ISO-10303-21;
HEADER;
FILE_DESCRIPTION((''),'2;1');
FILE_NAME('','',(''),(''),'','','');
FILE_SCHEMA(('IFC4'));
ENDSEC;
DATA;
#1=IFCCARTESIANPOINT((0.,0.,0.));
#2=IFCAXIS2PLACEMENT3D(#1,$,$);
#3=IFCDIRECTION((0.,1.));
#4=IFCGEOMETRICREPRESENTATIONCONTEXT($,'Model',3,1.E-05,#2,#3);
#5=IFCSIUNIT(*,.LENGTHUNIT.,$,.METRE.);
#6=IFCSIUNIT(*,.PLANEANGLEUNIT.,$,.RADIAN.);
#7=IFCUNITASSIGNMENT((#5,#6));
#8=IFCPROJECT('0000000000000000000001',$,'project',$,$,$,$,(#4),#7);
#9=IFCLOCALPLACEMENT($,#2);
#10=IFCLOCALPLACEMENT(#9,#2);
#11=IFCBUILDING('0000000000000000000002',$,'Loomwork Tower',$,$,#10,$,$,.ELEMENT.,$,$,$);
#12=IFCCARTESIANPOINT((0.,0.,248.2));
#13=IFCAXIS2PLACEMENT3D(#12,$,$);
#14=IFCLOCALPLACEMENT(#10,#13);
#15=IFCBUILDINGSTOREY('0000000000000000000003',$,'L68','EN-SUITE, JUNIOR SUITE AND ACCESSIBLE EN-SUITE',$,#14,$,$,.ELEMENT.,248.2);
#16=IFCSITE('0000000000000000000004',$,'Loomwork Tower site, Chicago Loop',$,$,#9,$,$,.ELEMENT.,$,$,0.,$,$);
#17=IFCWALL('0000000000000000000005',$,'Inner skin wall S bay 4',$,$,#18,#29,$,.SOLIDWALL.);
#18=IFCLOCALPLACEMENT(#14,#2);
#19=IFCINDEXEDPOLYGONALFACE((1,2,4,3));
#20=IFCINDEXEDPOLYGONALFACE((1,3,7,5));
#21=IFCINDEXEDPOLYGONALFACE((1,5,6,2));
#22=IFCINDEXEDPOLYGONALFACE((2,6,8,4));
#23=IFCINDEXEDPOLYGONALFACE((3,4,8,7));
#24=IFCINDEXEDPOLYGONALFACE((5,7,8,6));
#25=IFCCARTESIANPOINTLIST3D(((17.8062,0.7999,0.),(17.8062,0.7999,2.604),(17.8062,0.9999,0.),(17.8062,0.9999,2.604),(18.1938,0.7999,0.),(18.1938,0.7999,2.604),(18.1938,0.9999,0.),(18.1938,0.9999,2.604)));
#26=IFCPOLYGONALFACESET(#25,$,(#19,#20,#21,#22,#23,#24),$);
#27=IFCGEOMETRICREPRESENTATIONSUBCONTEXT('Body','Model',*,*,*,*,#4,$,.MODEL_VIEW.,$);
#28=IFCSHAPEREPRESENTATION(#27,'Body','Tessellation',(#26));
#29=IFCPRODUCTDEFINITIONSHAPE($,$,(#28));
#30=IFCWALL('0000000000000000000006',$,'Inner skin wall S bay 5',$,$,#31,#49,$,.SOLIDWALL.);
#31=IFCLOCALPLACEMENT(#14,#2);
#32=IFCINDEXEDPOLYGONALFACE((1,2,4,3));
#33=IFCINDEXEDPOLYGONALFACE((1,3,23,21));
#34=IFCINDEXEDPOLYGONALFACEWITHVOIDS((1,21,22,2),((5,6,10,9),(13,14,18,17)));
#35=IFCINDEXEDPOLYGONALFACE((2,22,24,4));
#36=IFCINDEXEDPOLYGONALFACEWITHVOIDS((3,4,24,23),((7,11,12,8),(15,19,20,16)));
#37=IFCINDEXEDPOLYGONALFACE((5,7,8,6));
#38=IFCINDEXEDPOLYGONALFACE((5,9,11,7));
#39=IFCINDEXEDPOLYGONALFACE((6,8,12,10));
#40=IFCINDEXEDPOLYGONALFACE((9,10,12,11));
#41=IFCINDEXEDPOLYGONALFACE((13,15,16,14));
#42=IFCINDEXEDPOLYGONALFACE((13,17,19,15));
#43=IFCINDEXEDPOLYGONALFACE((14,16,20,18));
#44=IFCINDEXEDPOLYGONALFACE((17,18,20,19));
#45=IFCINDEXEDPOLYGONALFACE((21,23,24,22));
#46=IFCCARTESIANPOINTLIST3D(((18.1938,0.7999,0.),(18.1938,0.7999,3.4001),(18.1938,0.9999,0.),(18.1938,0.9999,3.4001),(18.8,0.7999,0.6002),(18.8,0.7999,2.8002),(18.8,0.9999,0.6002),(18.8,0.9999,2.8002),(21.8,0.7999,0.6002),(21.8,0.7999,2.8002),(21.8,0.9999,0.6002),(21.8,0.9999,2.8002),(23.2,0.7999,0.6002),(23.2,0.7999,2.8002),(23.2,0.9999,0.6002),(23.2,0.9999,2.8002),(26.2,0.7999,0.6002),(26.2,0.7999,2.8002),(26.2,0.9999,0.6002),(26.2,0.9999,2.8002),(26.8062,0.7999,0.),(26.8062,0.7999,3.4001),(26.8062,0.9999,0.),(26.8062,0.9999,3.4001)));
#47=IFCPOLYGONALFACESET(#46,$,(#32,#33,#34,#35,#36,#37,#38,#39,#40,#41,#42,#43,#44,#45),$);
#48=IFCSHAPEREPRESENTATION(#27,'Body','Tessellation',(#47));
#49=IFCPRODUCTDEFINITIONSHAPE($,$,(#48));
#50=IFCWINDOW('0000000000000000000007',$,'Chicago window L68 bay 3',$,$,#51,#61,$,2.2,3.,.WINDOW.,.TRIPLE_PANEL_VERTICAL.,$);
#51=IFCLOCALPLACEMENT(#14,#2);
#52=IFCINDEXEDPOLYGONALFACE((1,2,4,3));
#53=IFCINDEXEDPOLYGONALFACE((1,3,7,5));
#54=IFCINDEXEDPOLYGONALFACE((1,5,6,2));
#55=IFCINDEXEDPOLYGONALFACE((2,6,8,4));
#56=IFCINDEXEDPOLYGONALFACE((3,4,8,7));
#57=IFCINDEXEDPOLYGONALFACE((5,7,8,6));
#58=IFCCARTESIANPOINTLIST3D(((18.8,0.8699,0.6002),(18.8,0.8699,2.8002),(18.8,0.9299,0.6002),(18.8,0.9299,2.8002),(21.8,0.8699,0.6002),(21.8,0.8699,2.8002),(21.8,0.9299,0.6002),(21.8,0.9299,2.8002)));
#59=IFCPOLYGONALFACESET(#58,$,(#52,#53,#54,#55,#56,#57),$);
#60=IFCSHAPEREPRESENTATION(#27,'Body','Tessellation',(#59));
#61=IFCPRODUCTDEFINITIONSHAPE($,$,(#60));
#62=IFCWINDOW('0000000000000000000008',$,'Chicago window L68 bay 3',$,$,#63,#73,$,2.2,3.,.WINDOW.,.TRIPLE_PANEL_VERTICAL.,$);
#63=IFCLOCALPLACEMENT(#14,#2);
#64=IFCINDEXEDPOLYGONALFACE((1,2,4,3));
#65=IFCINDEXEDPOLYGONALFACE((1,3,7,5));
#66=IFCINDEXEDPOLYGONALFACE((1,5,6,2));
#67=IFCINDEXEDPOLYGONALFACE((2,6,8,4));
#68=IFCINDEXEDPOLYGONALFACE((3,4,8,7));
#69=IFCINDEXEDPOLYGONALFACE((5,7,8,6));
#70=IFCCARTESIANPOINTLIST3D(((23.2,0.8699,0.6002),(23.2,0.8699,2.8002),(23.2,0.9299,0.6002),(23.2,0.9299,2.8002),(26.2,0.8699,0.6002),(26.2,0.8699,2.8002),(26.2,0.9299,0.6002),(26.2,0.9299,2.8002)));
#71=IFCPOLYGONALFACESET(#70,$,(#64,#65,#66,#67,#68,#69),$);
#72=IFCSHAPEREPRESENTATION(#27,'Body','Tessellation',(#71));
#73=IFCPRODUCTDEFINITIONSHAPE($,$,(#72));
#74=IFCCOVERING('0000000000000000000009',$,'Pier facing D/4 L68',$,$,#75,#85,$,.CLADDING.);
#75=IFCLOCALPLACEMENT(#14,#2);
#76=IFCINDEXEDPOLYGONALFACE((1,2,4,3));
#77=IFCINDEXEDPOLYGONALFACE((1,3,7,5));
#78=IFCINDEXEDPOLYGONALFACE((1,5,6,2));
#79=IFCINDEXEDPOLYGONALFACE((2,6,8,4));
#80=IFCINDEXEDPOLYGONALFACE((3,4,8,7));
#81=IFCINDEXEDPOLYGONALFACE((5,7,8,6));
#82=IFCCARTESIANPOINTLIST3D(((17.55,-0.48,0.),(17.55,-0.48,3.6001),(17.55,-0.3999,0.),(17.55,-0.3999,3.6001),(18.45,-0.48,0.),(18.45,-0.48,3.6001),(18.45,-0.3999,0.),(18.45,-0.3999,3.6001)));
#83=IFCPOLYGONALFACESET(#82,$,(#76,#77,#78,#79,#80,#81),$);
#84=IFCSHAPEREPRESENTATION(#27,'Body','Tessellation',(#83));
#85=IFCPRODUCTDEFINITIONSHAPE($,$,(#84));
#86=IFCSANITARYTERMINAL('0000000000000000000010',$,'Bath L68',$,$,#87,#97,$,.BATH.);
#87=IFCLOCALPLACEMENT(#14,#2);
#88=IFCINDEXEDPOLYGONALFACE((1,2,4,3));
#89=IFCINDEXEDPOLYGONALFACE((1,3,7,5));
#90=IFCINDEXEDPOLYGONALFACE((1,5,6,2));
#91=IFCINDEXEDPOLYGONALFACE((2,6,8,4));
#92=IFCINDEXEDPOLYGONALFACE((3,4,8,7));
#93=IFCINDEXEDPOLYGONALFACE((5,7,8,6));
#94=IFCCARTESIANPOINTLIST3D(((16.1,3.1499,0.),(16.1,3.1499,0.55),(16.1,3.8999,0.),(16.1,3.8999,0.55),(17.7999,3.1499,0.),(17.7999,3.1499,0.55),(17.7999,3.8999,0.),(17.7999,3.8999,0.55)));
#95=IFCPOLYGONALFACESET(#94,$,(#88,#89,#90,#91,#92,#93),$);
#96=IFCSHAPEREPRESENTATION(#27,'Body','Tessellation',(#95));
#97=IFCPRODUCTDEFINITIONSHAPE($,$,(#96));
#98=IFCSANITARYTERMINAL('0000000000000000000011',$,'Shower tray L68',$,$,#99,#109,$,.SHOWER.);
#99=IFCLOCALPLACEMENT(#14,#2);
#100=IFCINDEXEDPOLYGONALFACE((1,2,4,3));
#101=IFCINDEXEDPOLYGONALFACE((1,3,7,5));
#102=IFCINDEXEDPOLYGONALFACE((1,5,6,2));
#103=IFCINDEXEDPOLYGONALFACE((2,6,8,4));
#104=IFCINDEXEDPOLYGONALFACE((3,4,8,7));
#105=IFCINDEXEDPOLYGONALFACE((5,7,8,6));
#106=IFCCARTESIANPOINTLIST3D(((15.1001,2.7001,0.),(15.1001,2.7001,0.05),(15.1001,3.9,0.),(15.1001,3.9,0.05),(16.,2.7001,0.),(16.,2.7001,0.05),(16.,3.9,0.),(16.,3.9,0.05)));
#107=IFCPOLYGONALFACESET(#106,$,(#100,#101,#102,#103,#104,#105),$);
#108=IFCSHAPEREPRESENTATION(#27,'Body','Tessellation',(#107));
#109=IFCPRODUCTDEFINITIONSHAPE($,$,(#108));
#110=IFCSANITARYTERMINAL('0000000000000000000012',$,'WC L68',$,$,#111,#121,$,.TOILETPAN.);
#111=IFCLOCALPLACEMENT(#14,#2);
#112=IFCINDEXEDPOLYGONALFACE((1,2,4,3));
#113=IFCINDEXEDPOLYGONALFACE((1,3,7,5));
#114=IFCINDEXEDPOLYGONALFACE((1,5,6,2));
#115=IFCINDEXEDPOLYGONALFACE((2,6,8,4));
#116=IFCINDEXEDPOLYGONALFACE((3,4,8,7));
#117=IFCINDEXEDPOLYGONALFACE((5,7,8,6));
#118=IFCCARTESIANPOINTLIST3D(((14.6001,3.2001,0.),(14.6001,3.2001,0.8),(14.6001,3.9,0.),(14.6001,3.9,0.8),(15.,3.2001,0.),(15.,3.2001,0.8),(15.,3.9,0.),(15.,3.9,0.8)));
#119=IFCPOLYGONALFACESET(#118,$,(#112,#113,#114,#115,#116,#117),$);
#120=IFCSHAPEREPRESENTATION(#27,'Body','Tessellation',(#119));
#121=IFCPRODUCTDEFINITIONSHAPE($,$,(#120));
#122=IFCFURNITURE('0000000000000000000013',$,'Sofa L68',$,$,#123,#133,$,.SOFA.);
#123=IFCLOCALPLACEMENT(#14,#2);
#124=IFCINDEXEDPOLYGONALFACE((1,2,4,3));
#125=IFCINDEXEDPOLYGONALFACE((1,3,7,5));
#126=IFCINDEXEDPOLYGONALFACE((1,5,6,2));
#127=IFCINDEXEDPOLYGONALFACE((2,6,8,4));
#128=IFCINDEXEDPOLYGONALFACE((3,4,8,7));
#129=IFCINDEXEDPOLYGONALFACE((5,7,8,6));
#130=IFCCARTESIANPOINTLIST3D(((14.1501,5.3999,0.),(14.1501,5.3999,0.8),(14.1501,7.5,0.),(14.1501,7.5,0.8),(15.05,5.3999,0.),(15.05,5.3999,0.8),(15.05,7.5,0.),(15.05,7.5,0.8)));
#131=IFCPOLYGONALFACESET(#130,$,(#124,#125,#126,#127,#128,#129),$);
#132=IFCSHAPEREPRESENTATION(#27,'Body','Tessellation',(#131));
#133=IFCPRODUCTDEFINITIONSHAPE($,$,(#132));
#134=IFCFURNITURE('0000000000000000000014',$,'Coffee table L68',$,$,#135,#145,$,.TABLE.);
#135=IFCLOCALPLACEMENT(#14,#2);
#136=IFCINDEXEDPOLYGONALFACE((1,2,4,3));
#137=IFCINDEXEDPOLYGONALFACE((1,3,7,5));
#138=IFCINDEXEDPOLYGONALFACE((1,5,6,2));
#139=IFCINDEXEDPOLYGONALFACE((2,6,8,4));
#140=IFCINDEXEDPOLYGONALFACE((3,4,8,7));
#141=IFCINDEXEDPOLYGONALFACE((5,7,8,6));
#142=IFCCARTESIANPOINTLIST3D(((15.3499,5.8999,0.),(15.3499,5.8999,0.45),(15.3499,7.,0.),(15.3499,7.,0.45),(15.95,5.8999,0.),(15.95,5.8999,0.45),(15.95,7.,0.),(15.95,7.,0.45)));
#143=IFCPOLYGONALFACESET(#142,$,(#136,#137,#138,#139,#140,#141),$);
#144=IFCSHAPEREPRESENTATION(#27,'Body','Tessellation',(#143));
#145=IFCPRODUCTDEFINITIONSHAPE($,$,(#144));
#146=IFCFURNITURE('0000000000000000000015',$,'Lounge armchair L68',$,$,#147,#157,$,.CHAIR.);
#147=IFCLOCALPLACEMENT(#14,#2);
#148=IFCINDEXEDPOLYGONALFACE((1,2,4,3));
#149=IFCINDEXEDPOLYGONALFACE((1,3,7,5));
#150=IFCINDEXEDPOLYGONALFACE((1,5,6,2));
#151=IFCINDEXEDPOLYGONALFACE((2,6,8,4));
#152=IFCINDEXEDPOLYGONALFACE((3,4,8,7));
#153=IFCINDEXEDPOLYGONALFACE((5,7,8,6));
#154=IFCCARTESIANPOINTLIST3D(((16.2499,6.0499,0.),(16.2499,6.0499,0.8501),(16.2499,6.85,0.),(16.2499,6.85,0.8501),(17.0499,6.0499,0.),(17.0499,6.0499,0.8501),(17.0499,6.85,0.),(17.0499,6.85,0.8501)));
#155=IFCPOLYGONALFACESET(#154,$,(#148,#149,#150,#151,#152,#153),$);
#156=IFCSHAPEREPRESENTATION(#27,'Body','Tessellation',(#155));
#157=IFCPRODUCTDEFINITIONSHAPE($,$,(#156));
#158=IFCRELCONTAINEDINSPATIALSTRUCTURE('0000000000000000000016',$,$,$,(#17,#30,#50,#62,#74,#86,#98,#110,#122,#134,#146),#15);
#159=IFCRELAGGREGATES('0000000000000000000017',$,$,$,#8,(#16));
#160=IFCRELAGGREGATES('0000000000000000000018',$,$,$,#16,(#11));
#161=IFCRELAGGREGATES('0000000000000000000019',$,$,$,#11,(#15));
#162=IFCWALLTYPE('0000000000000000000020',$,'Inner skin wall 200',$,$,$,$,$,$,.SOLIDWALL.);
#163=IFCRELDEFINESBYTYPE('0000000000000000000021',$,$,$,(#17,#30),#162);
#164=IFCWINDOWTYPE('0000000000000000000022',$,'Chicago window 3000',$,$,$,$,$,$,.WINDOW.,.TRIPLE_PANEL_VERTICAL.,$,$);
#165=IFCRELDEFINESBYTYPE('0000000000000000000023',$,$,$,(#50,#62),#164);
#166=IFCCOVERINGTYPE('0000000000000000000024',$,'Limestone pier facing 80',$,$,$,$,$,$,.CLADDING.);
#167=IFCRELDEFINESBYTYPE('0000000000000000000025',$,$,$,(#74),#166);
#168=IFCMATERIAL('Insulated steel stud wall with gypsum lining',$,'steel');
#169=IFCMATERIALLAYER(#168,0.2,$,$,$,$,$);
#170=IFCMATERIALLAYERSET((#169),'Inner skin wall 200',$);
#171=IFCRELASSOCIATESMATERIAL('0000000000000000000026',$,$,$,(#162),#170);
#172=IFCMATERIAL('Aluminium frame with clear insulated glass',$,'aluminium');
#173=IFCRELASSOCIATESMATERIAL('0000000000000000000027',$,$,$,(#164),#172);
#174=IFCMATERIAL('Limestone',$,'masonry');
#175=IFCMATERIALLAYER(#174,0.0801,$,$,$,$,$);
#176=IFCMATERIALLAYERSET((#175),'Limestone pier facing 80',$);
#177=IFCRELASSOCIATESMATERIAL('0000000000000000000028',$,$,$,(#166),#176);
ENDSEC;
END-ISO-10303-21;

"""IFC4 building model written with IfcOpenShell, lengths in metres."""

from ifc_helpers import new_model, si_unit, direction, frame, frame_2d, origin, origin_2d, place, context, subcontext, project, spatial, rectangle, extrude, material, layer, layer_set, type_object, element, fill, save


model = new_model("IFC4")

# Units and contexts
model_context = context("Model", 3, precision=1e-05, world=origin(), true_north=direction((0.0, 1.0)))
body_context = subcontext(model_context, "Body", "Model", "MODEL_VIEW")
ifc_project = project(units=[si_unit("LENGTHUNIT", "METRE"), si_unit("PLANEANGLEUNIT", "RADIAN")], contexts=[model_context])

# Site, building, storey
site_placement = place(None, origin())
site = spatial("IfcSite", under=ifc_project, at=site_placement, Name="Loomwork Tower site, Chicago Loop", CompositionType="ELEMENT", RefElevation=0.0)
building_placement = place(site_placement, origin())
building = spatial("IfcBuilding", under=site, at=building_placement, Name="Loomwork Tower", CompositionType="ELEMENT")
storey_placement = place(building_placement, frame((0.0, 0.0, 248.2)))
storey = spatial("IfcBuildingStorey", under=building, at=storey_placement, Name="L68", Description="EN-SUITE, JUNIOR SUITE AND ACCESSIBLE EN-SUITE", CompositionType="ELEMENT", Elevation=248.2)

# Wall
ifc_material_1 = material(Name="Insulated steel stud wall with gypsum lining", Category="steel")
ifc_layer_1 = layer(ifc_material_1, 0.2)
ifc_layer_set_1 = layer_set([ifc_layer_1], Name="Inner skin wall 200")
wall_type_1 = type_object("IfcWallType", Name="Inner skin wall 200", PredefinedType="SOLIDWALL", material=ifc_layer_set_1)
wall_1_placement = place(storey_placement, frame((17.8062, 0.8999, 0.0), z_axis=(0.0, 0.0, 1.0), x_axis=(1.0, 0.0, 0.0)))
element("IfcWall", 1, at=wall_1_placement, inside=storey, type_object=wall_type_1, Name="Inner skin wall S bay 4", PredefinedType="SOLIDWALL", context=body_context, shape_type="SweptSolid", body=[
    extrude(rectangle(XDim=0.3877, YDim=0.2, at=frame_2d((0.1938, 0.0))), origin(), (0.0, 0.0, 1.0), 2.604),
])

# Wall, openings, windows
wall_2_placement = place(storey_placement, frame((18.1938, 0.8999, 0.0), z_axis=(0.0, 0.0, 1.0), x_axis=(1.0, 0.0, 0.0)))
wall_2 = element("IfcWall", 2, at=wall_2_placement, inside=storey, type_object=wall_type_1, Name="Inner skin wall S bay 5", PredefinedType="SOLIDWALL", context=body_context, shape_type="SweptSolid", body=[
    extrude(rectangle(XDim=8.6123, YDim=0.2, at=frame_2d((4.3062, 0.0))), origin(), (0.0, 0.0, 1.0), 3.4001),
])
opening_1_placement = place(wall_2_placement, frame((0.6062, 0.0, 0.6001)))
opening_1 = element("IfcOpeningElement", 3, at=opening_1_placement, cuts=wall_2, PredefinedType="OPENING", context=body_context, shape_type="SweptSolid", body=[
    extrude(rectangle(XDim=3.0, YDim=2.2, at=frame_2d((1.5, 1.1001))), frame((0.0, 0.1099, 0.0), z_axis=(0.0, -1.0, 0.0), x_axis=(1.0, 0.0, 0.0)), (0.0, 0.0, 1.0), 0.22),
])
opening_2_placement = place(wall_2_placement, frame((5.0061, 0.0, 0.6001)))
opening_2 = element("IfcOpeningElement", 4, at=opening_2_placement, cuts=wall_2, PredefinedType="OPENING", context=body_context, shape_type="SweptSolid", body=[
    extrude(rectangle(XDim=3.0, YDim=2.2, at=frame_2d((1.5, 1.1001))), frame((0.0, 0.1099, 0.0), z_axis=(0.0, -1.0, 0.0), x_axis=(1.0, 0.0, 0.0)), (0.0, 0.0, 1.0), 0.22),
])
ifc_material_2 = material(Name="Aluminium frame with clear insulated glass", Category="aluminium")
window_type = type_object("IfcWindowType", Name="Chicago window 3000", PartitioningType="TRIPLE_PANEL_VERTICAL", PredefinedType="WINDOW", material=ifc_material_2)
window_1_placement = place(opening_1_placement, origin())
window_1 = element("IfcWindow", 5, at=window_1_placement, inside=storey, type_object=window_type, Name="Chicago window L68 bay 3", OverallHeight=2.2, OverallWidth=3.0, PartitioningType="TRIPLE_PANEL_VERTICAL", PredefinedType="WINDOW", context=body_context, shape_type="SweptSolid", body=[
    extrude(rectangle(XDim=3.0, YDim=2.2, at=frame_2d((1.5, 1.1001))), frame((0.0, 0.03, 0.0), z_axis=(0.0, -1.0, 0.0), x_axis=(1.0, 0.0, 0.0)), (0.0, 0.0, 1.0), 0.0601),
])
fill(opening_1, window_1)
window_2_placement = place(opening_2_placement, origin())
window_2 = element("IfcWindow", 6, at=window_2_placement, inside=storey, type_object=window_type, Name="Chicago window L68 bay 3", OverallHeight=2.2, OverallWidth=3.0, PartitioningType="TRIPLE_PANEL_VERTICAL", PredefinedType="WINDOW", context=body_context, shape_type="SweptSolid", body=[
    extrude(rectangle(XDim=3.0, YDim=2.2, at=frame_2d((1.5, 1.1001))), frame((0.0, 0.03, 0.0), z_axis=(0.0, -1.0, 0.0), x_axis=(1.0, 0.0, 0.0)), (0.0, 0.0, 1.0), 0.0601),
])
fill(opening_2, window_2)

# Covering
ifc_material_3 = material(Name="Limestone", Category="masonry")
ifc_layer_2 = layer(ifc_material_3, 0.0801)
ifc_layer_set_2 = layer_set([ifc_layer_2], Name="Limestone pier facing 80")
covering_type = type_object("IfcCoveringType", Name="Limestone pier facing 80", PredefinedType="CLADDING", material=ifc_layer_set_2)
covering_placement = place(storey_placement, frame((18.0, -0.4399, 0.0), z_axis=(0.0, 0.0, 1.0), x_axis=(1.0, 0.0, 0.0)))
element("IfcCovering", 7, at=covering_placement, inside=storey, type_object=covering_type, Name="Pier facing D/4 L68", PredefinedType="CLADDING", context=body_context, shape_type="SweptSolid", body=[
    extrude(rectangle(XDim=0.8999, YDim=0.0801, at=origin_2d()), origin(), (0.0, 0.0, 1.0), 3.6001),
])

# Sanitary terminals
sanitary_terminal_1_placement = place(storey_placement, frame((16.95, 3.5249, 0.0), z_axis=(0.0, 0.0, 1.0), x_axis=(1.0, 0.0, 0.0)))
element("IfcSanitaryTerminal", 8, at=sanitary_terminal_1_placement, inside=storey, Name="Bath L68", PredefinedType="BATH", context=body_context, shape_type="SweptSolid", body=[
    extrude(rectangle(XDim=1.7, YDim=0.75, at=origin_2d()), origin(), (0.0, 0.0, 1.0), 0.55),
])
sanitary_terminal_2_placement = place(storey_placement, frame((15.55, 3.3, 0.0), z_axis=(0.0, 0.0, 1.0), x_axis=(1.0, 0.0, 0.0)))
element("IfcSanitaryTerminal", 9, at=sanitary_terminal_2_placement, inside=storey, Name="Shower tray L68", PredefinedType="SHOWER", context=body_context, shape_type="SweptSolid", body=[
    extrude(rectangle(XDim=0.8999, YDim=1.2, at=origin_2d()), origin(), (0.0, 0.0, 1.0), 0.05),
])
sanitary_terminal_3_placement = place(storey_placement, frame((14.8, 3.55, 0.0), z_axis=(0.0, 0.0, 1.0), x_axis=(1.0, 0.0, 0.0)))
element("IfcSanitaryTerminal", 10, at=sanitary_terminal_3_placement, inside=storey, Name="WC L68", PredefinedType="TOILETPAN", context=body_context, shape_type="SweptSolid", body=[
    extrude(rectangle(XDim=0.3999, YDim=0.7, at=origin_2d()), origin(), (0.0, 0.0, 1.0), 0.8),
])

# Furniture
furniture_1_placement = place(storey_placement, frame((14.6001, 6.45, 0.0), z_axis=(0.0, 0.0, 1.0), x_axis=(1.0, 0.0, 0.0)))
element("IfcFurniture", 11, at=furniture_1_placement, inside=storey, Name="Sofa L68", PredefinedType="SOFA", context=body_context, shape_type="SweptSolid", body=[
    extrude(rectangle(XDim=0.8999, YDim=2.1001, at=origin_2d()), origin(), (0.0, 0.0, 1.0), 0.8),
])
furniture_2_placement = place(storey_placement, frame((15.6499, 6.45, 0.0), z_axis=(0.0, 0.0, 1.0), x_axis=(1.0, 0.0, 0.0)))
element("IfcFurniture", 12, at=furniture_2_placement, inside=storey, Name="Coffee table L68", PredefinedType="TABLE", context=body_context, shape_type="SweptSolid", body=[
    extrude(rectangle(XDim=0.6001, YDim=1.1001, at=origin_2d()), origin(), (0.0, 0.0, 1.0), 0.45),
])
furniture_3_placement = place(storey_placement, frame((16.6499, 6.45, 0.0), z_axis=(0.0, 0.0, 1.0), x_axis=(1.0, 0.0, 0.0)))
element("IfcFurniture", 13, at=furniture_3_placement, inside=storey, Name="Lounge armchair L68", PredefinedType="CHAIR", context=body_context, shape_type="SweptSolid", body=[
    extrude(rectangle(XDim=0.8, YDim=0.8, at=origin_2d()), origin(), (0.0, 0.0, 1.0), 0.8501),
])

save(model, "model.ifc")
